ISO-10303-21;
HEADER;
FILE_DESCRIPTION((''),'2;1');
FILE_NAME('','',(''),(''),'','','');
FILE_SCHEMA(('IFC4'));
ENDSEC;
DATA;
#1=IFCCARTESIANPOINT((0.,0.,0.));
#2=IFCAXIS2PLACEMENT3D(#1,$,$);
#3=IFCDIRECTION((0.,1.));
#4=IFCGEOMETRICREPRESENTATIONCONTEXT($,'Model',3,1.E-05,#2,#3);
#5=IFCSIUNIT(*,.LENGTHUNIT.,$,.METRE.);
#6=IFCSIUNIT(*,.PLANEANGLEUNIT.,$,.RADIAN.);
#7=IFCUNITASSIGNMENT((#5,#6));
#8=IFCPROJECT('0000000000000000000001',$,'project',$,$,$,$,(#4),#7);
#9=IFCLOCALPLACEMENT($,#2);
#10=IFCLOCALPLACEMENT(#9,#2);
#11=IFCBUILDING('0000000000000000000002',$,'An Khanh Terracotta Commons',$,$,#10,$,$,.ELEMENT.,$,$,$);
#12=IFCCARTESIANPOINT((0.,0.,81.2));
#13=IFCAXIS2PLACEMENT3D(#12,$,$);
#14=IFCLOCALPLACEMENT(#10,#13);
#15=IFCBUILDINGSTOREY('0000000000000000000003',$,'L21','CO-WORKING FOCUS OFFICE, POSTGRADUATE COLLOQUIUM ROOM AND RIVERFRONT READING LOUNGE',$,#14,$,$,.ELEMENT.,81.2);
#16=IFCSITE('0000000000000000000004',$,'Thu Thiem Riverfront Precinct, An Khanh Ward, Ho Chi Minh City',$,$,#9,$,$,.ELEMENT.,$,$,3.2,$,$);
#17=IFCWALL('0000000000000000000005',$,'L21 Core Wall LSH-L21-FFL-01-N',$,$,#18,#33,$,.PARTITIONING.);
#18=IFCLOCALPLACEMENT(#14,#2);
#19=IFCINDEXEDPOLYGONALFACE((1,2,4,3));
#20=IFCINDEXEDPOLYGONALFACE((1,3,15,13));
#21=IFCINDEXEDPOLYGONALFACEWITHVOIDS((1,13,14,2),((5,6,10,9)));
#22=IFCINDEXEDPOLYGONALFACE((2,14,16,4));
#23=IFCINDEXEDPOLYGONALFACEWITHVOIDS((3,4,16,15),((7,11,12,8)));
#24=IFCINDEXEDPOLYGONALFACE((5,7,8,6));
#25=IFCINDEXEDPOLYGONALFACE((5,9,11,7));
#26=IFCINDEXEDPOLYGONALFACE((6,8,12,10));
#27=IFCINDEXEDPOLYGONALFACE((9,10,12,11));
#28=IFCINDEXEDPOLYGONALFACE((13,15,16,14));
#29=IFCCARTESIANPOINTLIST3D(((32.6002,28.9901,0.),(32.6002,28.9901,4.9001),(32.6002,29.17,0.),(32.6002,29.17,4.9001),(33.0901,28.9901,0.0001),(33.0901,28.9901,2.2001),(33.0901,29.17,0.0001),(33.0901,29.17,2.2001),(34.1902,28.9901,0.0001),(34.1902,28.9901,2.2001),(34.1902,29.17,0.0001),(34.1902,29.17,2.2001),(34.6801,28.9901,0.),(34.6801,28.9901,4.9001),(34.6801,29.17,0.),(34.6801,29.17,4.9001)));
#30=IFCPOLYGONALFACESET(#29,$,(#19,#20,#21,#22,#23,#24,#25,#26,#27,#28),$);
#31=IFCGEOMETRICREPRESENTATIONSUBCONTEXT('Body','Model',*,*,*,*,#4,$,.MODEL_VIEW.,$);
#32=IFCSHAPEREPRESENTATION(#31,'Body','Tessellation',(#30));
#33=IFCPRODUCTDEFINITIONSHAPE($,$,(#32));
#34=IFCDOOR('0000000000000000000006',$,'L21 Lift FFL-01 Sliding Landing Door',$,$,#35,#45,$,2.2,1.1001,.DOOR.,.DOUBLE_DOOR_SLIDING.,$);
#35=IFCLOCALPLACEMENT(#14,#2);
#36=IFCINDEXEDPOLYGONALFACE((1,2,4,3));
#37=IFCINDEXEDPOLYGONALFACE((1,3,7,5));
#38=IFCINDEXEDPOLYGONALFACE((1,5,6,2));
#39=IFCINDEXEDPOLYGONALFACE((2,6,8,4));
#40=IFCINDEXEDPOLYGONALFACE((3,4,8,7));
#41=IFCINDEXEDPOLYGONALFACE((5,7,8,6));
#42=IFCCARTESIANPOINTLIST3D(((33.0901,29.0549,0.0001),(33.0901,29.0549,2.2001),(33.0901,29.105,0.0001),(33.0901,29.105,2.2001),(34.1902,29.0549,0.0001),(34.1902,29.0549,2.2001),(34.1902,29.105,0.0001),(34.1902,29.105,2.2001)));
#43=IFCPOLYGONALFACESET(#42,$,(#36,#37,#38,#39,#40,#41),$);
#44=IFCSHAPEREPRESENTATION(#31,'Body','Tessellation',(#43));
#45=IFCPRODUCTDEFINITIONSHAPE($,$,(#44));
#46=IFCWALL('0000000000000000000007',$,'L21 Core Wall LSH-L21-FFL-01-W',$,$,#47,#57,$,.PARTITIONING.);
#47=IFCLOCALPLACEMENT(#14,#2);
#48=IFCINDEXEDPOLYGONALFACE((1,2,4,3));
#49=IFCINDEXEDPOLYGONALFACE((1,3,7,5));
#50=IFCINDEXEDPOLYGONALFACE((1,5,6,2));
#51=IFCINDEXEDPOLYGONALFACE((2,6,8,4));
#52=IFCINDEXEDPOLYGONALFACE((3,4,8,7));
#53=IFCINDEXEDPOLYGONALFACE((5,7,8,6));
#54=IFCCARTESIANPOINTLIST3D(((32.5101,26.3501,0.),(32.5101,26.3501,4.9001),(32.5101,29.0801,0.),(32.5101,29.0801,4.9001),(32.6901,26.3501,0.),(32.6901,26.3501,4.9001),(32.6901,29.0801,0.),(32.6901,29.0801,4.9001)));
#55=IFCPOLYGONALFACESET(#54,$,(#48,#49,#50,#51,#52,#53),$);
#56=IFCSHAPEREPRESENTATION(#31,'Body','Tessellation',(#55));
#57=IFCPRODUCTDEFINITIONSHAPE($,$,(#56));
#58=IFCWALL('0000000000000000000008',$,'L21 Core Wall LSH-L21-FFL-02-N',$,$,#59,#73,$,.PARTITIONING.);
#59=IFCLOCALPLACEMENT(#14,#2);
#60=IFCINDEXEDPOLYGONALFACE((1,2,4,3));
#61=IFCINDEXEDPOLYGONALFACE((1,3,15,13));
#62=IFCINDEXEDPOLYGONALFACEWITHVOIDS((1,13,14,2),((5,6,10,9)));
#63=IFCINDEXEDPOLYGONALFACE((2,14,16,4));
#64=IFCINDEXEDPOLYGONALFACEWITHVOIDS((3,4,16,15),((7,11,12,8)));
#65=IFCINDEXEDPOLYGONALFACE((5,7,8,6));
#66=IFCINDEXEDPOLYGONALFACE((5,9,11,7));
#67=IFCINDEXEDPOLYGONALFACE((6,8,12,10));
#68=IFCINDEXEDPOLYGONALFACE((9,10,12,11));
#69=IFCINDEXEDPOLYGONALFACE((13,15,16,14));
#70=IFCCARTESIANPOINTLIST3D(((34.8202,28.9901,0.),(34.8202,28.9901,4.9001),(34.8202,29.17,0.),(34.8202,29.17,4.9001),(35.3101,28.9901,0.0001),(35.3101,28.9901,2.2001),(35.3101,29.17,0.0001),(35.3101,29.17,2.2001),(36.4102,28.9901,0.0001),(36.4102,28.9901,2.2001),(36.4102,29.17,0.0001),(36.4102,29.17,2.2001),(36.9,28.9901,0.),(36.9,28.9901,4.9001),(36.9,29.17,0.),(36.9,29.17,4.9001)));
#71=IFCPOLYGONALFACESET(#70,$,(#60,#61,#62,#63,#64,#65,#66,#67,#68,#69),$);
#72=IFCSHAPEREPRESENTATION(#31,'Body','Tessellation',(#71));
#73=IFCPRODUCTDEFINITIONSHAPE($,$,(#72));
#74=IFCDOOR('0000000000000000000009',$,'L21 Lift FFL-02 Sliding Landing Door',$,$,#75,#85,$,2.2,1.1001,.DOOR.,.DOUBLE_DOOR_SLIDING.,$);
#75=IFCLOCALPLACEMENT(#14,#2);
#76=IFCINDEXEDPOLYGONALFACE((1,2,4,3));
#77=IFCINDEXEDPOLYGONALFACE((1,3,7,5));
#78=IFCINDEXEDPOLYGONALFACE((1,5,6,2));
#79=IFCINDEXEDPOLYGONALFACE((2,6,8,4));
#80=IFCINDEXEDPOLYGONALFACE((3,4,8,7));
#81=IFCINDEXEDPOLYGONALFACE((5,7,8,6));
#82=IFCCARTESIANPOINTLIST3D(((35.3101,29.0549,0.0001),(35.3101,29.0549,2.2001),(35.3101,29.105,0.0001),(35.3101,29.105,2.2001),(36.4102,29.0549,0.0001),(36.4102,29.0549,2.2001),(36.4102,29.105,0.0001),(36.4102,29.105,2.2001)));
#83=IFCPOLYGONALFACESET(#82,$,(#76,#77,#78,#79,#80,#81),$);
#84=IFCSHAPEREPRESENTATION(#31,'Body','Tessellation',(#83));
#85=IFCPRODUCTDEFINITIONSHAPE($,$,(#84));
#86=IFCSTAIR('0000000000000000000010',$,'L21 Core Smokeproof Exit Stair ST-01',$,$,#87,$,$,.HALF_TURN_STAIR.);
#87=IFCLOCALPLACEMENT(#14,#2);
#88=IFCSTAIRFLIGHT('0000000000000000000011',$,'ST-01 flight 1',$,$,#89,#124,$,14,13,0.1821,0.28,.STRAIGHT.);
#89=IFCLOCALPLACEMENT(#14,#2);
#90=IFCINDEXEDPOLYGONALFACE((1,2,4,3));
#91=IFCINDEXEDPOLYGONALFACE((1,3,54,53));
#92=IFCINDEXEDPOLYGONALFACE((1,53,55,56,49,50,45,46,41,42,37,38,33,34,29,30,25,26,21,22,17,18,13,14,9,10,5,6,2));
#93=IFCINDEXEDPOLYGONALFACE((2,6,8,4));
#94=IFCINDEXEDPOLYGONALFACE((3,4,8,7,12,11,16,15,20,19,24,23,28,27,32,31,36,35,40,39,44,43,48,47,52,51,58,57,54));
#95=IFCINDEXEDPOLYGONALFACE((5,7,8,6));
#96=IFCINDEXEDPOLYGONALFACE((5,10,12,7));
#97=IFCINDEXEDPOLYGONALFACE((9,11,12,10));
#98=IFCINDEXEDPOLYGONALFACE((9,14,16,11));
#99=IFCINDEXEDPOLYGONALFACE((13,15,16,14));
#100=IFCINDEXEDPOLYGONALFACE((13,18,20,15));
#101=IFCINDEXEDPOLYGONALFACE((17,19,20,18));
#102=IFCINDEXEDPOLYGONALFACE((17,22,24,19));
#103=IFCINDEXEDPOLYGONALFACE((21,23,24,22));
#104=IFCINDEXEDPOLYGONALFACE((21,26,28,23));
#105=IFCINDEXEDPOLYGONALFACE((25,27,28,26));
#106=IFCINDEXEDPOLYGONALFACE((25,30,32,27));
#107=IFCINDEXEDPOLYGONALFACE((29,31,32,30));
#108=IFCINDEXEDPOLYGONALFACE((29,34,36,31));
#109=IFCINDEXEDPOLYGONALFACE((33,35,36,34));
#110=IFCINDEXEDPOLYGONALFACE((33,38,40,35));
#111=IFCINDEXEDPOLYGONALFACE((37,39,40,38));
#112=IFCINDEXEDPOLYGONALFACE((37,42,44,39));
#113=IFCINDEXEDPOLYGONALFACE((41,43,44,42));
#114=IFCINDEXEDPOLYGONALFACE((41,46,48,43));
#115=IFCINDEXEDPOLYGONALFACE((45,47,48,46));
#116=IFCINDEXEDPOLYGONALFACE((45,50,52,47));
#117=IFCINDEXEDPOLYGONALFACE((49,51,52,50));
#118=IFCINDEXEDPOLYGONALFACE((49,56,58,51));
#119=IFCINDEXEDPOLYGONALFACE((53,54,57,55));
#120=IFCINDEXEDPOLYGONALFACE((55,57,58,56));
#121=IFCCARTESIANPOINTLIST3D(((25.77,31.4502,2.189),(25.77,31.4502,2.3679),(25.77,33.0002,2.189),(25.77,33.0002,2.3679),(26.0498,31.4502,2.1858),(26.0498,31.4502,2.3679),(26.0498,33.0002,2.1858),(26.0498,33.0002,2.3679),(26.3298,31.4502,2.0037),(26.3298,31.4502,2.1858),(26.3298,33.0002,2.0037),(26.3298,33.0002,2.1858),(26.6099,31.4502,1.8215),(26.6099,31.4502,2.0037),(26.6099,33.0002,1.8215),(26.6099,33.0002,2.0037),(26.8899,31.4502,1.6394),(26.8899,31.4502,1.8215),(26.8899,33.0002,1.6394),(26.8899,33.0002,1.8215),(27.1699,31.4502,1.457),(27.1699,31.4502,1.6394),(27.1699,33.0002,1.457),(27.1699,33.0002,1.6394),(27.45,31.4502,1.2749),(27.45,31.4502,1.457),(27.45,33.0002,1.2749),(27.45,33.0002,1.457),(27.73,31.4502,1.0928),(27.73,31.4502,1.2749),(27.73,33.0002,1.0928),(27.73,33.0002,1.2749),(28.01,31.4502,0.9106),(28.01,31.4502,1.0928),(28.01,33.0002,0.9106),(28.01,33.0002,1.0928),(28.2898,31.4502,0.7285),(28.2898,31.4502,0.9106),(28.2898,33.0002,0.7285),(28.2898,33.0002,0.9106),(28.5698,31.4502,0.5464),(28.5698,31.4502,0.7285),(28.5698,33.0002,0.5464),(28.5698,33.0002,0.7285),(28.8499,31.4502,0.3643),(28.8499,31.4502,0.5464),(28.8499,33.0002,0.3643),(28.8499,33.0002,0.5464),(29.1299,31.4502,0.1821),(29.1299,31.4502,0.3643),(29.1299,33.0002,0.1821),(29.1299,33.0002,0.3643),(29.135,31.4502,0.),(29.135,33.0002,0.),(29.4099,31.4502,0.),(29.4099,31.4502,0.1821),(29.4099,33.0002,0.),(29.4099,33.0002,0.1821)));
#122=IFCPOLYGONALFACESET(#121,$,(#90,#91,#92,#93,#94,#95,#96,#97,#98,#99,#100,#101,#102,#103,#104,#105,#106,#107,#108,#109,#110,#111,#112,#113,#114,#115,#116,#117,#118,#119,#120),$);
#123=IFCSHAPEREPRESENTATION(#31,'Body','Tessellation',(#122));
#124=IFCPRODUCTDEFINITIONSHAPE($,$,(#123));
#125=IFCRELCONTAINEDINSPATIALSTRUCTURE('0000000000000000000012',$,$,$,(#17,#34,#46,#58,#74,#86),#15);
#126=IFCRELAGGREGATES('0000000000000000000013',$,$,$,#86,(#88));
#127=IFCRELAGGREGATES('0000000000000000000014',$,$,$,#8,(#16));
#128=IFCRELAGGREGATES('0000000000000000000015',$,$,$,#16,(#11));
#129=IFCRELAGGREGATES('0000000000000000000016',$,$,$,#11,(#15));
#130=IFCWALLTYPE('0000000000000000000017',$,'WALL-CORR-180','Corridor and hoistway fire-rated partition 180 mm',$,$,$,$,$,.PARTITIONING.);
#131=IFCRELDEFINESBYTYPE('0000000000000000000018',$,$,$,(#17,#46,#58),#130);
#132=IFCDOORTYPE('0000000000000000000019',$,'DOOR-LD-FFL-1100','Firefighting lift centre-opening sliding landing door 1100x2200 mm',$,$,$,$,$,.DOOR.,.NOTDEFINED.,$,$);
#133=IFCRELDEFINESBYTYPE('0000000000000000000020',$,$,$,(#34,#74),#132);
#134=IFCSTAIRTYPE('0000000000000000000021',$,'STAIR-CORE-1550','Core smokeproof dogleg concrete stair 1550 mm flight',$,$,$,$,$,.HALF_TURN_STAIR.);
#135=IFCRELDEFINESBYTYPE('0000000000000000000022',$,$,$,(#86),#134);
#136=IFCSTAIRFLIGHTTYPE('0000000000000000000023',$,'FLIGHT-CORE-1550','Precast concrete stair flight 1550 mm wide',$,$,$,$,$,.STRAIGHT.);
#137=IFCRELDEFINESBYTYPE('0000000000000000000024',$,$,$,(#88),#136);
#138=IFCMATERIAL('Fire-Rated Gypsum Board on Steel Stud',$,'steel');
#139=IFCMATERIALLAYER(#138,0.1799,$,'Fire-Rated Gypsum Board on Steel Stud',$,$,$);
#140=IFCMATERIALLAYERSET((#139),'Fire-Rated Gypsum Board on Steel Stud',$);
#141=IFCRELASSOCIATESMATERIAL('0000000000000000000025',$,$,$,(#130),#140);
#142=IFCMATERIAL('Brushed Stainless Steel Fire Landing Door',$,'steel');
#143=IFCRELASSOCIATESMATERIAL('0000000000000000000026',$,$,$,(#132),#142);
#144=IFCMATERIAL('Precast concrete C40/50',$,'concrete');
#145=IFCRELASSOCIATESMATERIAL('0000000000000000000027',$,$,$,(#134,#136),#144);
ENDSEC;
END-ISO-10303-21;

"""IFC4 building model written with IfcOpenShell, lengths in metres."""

from ifc_helpers import new_model, si_unit, direction, frame, frame_2d, origin, place, context, subcontext, project, spatial, polyline, rectangle, outline, extrude, material, layer, layer_set, type_object, element, fill, aggregate, save


model = new_model("IFC4")

# Units and contexts
model_context = context("Model", 3, precision=1e-05, world=origin(), true_north=direction((0.0, 1.0)))
body_context = subcontext(model_context, "Body", "Model", "MODEL_VIEW")
ifc_project = project(units=[si_unit("LENGTHUNIT", "METRE"), si_unit("PLANEANGLEUNIT", "RADIAN")], contexts=[model_context])

# Site, building, storey
site_placement = place(None, origin())
site = spatial("IfcSite", under=ifc_project, at=site_placement, Name="Thu Thiem Riverfront Precinct, An Khanh Ward, Ho Chi Minh City", CompositionType="ELEMENT", RefElevation=3.2)
building_placement = place(site_placement, origin())
building = spatial("IfcBuilding", under=site, at=building_placement, Name="An Khanh Terracotta Commons", CompositionType="ELEMENT")
storey_placement = place(building_placement, frame((0.0, 0.0, 81.2)))
storey = spatial("IfcBuildingStorey", under=building, at=storey_placement, Name="L21", Description="CO-WORKING FOCUS OFFICE, POSTGRADUATE COLLOQUIUM ROOM AND RIVERFRONT READING LOUNGE", CompositionType="ELEMENT", Elevation=81.2)

# Shared definitions
ifc_material_1 = material(Name="Fire-Rated Gypsum Board on Steel Stud", Category="steel")
ifc_layer_1 = layer(ifc_material_1, 0.1799, Name="Fire-Rated Gypsum Board on Steel Stud")
ifc_layer_set_1 = layer_set([ifc_layer_1], Name="Fire-Rated Gypsum Board on Steel Stud")
wall_type_1 = type_object("IfcWallType", Name="WALL-CORR-180", Description="Corridor and hoistway fire-rated partition 180 mm", PredefinedType="PARTITIONING", material=ifc_layer_set_1)

# Wall, opening, door
wall_1_placement = place(storey_placement, frame((32.6001, 29.0801, 0.0), z_axis=(0.0, 0.0, 1.0), x_axis=(1.0, 0.0, 0.0)))
wall_1 = element("IfcWall", 1, at=wall_1_placement, inside=storey, type_object=wall_type_1, Name="L21 Core Wall LSH-L21-FFL-01-N", PredefinedType="PARTITIONING", context=body_context, shape_type="SweptSolid", body=[
    extrude(rectangle(XDim=2.0798, YDim=0.1799, at=frame_2d((1.04, 0.0))), origin(), (0.0, 0.0, 1.0), 4.9001),
])
opening_1_placement = place(wall_1_placement, frame((0.49, 0.0, 0.0)))
opening_1 = element("IfcOpeningElement", 2, at=opening_1_placement, cuts=wall_1, PredefinedType="OPENING", context=body_context, shape_type="SweptSolid", body=[
    extrude(rectangle(XDim=1.1001, YDim=2.2, at=frame_2d((0.55, 1.1001))), frame((0.0, 0.0999, 0.0), z_axis=(0.0, -1.0, 0.0), x_axis=(1.0, 0.0, 0.0)), (0.0, 0.0, 1.0), 0.2),
])
ifc_material_2 = material(Name="Brushed Stainless Steel Fire Landing Door", Category="steel")
door_type_1 = type_object("IfcDoorType", Name="DOOR-LD-FFL-1100", Description="Firefighting lift centre-opening sliding landing door 1100x2200 mm", OperationType="NOTDEFINED", PredefinedType="DOOR", material=ifc_material_2)
door_1_placement = place(opening_1_placement, origin())
door_1 = element("IfcDoor", 3, at=door_1_placement, inside=storey, type_object=door_type_1, Name="L21 Lift FFL-01 Sliding Landing Door", OperationType="DOUBLE_DOOR_SLIDING", OverallHeight=2.2, OverallWidth=1.1001, PredefinedType="DOOR", context=body_context, shape_type="SweptSolid", body=[
    extrude(rectangle(XDim=1.1001, YDim=2.2, at=frame_2d((0.55, 1.1001))), frame((0.0, 0.0249, 0.0), z_axis=(0.0, -1.0, 0.0), x_axis=(1.0, 0.0, 0.0)), (0.0, 0.0, 1.0), 0.05),
])
fill(opening_1, door_1)

# Wall
wall_2_placement = place(storey_placement, frame((32.6001, 29.0801, 0.0), z_axis=(0.0, 0.0, 1.0), x_axis=(0.0, -1.0, 0.0)))
element("IfcWall", 4, at=wall_2_placement, inside=storey, type_object=wall_type_1, Name="L21 Core Wall LSH-L21-FFL-01-W", PredefinedType="PARTITIONING", context=body_context, shape_type="SweptSolid", body=[
    extrude(rectangle(XDim=2.73, YDim=0.1799, at=frame_2d((1.365, 0.0))), origin(), (0.0, 0.0, 1.0), 4.9001),
])

# Wall, opening, door
wall_3_placement = place(storey_placement, frame((34.8201, 29.0801, 0.0), z_axis=(0.0, 0.0, 1.0), x_axis=(1.0, 0.0, 0.0)))
wall_3 = element("IfcWall", 5, at=wall_3_placement, inside=storey, type_object=wall_type_1, Name="L21 Core Wall LSH-L21-FFL-02-N", PredefinedType="PARTITIONING", context=body_context, shape_type="SweptSolid", body=[
    extrude(rectangle(XDim=2.0798, YDim=0.1799, at=frame_2d((1.04, 0.0))), origin(), (0.0, 0.0, 1.0), 4.9001),
])
opening_2_placement = place(wall_3_placement, frame((0.49, 0.0, 0.0)))
opening_2 = element("IfcOpeningElement", 6, at=opening_2_placement, cuts=wall_3, PredefinedType="OPENING", context=body_context, shape_type="SweptSolid", body=[
    extrude(rectangle(XDim=1.1001, YDim=2.2, at=frame_2d((0.55, 1.1001))), frame((0.0, 0.0999, 0.0), z_axis=(0.0, -1.0, 0.0), x_axis=(1.0, 0.0, 0.0)), (0.0, 0.0, 1.0), 0.2),
])
door_2_placement = place(opening_2_placement, origin())
door_2 = element("IfcDoor", 7, at=door_2_placement, inside=storey, type_object=door_type_1, Name="L21 Lift FFL-02 Sliding Landing Door", OperationType="DOUBLE_DOOR_SLIDING", OverallHeight=2.2, OverallWidth=1.1001, PredefinedType="DOOR", context=body_context, shape_type="SweptSolid", body=[
    extrude(rectangle(XDim=1.1001, YDim=2.2, at=frame_2d((0.55, 1.1001))), frame((0.0, 0.0249, 0.0), z_axis=(0.0, -1.0, 0.0), x_axis=(1.0, 0.0, 0.0)), (0.0, 0.0, 1.0), 0.05),
])
fill(opening_2, door_2)

# Stair, stair flight
ifc_material_3 = material(Name="Precast concrete C40/50", Category="concrete")
stair_type = type_object("IfcStairType", Name="STAIR-CORE-1550", Description="Core smokeproof dogleg concrete stair 1550 mm flight", PredefinedType="HALF_TURN_STAIR", material=ifc_material_3)
stair_placement = place(storey_placement, origin())
stair = element("IfcStair", 8, at=stair_placement, inside=storey, type_object=stair_type, Name="L21 Core Smokeproof Exit Stair ST-01", PredefinedType="HALF_TURN_STAIR")
stair_flight_type = type_object("IfcStairFlightType", Name="FLIGHT-CORE-1550", Description="Precast concrete stair flight 1550 mm wide", PredefinedType="STRAIGHT", material=ifc_material_3)
stair_flight_placement = place(storey_placement, frame((29.4099, 32.2251, 0.0), z_axis=(0.0, 0.0, 1.0), x_axis=(-1.0, 0.0, 0.0)))
stair_flight = element("IfcStairFlight", 9, at=stair_flight_placement, type_object=stair_flight_type, Name="ST-01 flight 1", NumberOfRisers=14, NumberOfTreads=13, PredefinedType="STRAIGHT", RiserHeight=0.1821, TreadLength=0.28, context=body_context, shape_type="SweptSolid", body=[
    extrude(outline(polyline([(0.0, 0.0), (0.0, 0.1821), (0.28, 0.1821), (0.28, 0.3643), (0.5601, 0.3643), (0.5601, 0.5464), (0.8401, 0.5464), (0.8401, 0.7285), (1.1201, 0.7285), (1.1201, 0.9106), (1.3999, 0.9106), (1.3999, 1.0928), (1.6799, 1.0928), (1.6799, 1.2749), (1.96, 1.2749), (1.96, 1.457), (2.24, 1.457), (2.24, 1.6394), (2.52, 1.6394), (2.52, 1.8215), (2.8, 1.8215), (2.8, 2.0037), (3.0801, 2.0037), (3.0801, 2.1858), (3.3601, 2.1858), (3.3601, 2.3679), (3.6399, 2.3679), (3.6399, 2.55), (3.6399, 2.189), (0.2749, 0.0), (0.0, 0.0)])), frame((0.0, 0.7749, 0.0), z_axis=(0.0, -1.0, 0.0), x_axis=(1.0, 0.0, 0.0)), (0.0, 0.0, 1.0), 1.55),
])
aggregate(stair, [stair_flight])

save(model, "model.ifc")
